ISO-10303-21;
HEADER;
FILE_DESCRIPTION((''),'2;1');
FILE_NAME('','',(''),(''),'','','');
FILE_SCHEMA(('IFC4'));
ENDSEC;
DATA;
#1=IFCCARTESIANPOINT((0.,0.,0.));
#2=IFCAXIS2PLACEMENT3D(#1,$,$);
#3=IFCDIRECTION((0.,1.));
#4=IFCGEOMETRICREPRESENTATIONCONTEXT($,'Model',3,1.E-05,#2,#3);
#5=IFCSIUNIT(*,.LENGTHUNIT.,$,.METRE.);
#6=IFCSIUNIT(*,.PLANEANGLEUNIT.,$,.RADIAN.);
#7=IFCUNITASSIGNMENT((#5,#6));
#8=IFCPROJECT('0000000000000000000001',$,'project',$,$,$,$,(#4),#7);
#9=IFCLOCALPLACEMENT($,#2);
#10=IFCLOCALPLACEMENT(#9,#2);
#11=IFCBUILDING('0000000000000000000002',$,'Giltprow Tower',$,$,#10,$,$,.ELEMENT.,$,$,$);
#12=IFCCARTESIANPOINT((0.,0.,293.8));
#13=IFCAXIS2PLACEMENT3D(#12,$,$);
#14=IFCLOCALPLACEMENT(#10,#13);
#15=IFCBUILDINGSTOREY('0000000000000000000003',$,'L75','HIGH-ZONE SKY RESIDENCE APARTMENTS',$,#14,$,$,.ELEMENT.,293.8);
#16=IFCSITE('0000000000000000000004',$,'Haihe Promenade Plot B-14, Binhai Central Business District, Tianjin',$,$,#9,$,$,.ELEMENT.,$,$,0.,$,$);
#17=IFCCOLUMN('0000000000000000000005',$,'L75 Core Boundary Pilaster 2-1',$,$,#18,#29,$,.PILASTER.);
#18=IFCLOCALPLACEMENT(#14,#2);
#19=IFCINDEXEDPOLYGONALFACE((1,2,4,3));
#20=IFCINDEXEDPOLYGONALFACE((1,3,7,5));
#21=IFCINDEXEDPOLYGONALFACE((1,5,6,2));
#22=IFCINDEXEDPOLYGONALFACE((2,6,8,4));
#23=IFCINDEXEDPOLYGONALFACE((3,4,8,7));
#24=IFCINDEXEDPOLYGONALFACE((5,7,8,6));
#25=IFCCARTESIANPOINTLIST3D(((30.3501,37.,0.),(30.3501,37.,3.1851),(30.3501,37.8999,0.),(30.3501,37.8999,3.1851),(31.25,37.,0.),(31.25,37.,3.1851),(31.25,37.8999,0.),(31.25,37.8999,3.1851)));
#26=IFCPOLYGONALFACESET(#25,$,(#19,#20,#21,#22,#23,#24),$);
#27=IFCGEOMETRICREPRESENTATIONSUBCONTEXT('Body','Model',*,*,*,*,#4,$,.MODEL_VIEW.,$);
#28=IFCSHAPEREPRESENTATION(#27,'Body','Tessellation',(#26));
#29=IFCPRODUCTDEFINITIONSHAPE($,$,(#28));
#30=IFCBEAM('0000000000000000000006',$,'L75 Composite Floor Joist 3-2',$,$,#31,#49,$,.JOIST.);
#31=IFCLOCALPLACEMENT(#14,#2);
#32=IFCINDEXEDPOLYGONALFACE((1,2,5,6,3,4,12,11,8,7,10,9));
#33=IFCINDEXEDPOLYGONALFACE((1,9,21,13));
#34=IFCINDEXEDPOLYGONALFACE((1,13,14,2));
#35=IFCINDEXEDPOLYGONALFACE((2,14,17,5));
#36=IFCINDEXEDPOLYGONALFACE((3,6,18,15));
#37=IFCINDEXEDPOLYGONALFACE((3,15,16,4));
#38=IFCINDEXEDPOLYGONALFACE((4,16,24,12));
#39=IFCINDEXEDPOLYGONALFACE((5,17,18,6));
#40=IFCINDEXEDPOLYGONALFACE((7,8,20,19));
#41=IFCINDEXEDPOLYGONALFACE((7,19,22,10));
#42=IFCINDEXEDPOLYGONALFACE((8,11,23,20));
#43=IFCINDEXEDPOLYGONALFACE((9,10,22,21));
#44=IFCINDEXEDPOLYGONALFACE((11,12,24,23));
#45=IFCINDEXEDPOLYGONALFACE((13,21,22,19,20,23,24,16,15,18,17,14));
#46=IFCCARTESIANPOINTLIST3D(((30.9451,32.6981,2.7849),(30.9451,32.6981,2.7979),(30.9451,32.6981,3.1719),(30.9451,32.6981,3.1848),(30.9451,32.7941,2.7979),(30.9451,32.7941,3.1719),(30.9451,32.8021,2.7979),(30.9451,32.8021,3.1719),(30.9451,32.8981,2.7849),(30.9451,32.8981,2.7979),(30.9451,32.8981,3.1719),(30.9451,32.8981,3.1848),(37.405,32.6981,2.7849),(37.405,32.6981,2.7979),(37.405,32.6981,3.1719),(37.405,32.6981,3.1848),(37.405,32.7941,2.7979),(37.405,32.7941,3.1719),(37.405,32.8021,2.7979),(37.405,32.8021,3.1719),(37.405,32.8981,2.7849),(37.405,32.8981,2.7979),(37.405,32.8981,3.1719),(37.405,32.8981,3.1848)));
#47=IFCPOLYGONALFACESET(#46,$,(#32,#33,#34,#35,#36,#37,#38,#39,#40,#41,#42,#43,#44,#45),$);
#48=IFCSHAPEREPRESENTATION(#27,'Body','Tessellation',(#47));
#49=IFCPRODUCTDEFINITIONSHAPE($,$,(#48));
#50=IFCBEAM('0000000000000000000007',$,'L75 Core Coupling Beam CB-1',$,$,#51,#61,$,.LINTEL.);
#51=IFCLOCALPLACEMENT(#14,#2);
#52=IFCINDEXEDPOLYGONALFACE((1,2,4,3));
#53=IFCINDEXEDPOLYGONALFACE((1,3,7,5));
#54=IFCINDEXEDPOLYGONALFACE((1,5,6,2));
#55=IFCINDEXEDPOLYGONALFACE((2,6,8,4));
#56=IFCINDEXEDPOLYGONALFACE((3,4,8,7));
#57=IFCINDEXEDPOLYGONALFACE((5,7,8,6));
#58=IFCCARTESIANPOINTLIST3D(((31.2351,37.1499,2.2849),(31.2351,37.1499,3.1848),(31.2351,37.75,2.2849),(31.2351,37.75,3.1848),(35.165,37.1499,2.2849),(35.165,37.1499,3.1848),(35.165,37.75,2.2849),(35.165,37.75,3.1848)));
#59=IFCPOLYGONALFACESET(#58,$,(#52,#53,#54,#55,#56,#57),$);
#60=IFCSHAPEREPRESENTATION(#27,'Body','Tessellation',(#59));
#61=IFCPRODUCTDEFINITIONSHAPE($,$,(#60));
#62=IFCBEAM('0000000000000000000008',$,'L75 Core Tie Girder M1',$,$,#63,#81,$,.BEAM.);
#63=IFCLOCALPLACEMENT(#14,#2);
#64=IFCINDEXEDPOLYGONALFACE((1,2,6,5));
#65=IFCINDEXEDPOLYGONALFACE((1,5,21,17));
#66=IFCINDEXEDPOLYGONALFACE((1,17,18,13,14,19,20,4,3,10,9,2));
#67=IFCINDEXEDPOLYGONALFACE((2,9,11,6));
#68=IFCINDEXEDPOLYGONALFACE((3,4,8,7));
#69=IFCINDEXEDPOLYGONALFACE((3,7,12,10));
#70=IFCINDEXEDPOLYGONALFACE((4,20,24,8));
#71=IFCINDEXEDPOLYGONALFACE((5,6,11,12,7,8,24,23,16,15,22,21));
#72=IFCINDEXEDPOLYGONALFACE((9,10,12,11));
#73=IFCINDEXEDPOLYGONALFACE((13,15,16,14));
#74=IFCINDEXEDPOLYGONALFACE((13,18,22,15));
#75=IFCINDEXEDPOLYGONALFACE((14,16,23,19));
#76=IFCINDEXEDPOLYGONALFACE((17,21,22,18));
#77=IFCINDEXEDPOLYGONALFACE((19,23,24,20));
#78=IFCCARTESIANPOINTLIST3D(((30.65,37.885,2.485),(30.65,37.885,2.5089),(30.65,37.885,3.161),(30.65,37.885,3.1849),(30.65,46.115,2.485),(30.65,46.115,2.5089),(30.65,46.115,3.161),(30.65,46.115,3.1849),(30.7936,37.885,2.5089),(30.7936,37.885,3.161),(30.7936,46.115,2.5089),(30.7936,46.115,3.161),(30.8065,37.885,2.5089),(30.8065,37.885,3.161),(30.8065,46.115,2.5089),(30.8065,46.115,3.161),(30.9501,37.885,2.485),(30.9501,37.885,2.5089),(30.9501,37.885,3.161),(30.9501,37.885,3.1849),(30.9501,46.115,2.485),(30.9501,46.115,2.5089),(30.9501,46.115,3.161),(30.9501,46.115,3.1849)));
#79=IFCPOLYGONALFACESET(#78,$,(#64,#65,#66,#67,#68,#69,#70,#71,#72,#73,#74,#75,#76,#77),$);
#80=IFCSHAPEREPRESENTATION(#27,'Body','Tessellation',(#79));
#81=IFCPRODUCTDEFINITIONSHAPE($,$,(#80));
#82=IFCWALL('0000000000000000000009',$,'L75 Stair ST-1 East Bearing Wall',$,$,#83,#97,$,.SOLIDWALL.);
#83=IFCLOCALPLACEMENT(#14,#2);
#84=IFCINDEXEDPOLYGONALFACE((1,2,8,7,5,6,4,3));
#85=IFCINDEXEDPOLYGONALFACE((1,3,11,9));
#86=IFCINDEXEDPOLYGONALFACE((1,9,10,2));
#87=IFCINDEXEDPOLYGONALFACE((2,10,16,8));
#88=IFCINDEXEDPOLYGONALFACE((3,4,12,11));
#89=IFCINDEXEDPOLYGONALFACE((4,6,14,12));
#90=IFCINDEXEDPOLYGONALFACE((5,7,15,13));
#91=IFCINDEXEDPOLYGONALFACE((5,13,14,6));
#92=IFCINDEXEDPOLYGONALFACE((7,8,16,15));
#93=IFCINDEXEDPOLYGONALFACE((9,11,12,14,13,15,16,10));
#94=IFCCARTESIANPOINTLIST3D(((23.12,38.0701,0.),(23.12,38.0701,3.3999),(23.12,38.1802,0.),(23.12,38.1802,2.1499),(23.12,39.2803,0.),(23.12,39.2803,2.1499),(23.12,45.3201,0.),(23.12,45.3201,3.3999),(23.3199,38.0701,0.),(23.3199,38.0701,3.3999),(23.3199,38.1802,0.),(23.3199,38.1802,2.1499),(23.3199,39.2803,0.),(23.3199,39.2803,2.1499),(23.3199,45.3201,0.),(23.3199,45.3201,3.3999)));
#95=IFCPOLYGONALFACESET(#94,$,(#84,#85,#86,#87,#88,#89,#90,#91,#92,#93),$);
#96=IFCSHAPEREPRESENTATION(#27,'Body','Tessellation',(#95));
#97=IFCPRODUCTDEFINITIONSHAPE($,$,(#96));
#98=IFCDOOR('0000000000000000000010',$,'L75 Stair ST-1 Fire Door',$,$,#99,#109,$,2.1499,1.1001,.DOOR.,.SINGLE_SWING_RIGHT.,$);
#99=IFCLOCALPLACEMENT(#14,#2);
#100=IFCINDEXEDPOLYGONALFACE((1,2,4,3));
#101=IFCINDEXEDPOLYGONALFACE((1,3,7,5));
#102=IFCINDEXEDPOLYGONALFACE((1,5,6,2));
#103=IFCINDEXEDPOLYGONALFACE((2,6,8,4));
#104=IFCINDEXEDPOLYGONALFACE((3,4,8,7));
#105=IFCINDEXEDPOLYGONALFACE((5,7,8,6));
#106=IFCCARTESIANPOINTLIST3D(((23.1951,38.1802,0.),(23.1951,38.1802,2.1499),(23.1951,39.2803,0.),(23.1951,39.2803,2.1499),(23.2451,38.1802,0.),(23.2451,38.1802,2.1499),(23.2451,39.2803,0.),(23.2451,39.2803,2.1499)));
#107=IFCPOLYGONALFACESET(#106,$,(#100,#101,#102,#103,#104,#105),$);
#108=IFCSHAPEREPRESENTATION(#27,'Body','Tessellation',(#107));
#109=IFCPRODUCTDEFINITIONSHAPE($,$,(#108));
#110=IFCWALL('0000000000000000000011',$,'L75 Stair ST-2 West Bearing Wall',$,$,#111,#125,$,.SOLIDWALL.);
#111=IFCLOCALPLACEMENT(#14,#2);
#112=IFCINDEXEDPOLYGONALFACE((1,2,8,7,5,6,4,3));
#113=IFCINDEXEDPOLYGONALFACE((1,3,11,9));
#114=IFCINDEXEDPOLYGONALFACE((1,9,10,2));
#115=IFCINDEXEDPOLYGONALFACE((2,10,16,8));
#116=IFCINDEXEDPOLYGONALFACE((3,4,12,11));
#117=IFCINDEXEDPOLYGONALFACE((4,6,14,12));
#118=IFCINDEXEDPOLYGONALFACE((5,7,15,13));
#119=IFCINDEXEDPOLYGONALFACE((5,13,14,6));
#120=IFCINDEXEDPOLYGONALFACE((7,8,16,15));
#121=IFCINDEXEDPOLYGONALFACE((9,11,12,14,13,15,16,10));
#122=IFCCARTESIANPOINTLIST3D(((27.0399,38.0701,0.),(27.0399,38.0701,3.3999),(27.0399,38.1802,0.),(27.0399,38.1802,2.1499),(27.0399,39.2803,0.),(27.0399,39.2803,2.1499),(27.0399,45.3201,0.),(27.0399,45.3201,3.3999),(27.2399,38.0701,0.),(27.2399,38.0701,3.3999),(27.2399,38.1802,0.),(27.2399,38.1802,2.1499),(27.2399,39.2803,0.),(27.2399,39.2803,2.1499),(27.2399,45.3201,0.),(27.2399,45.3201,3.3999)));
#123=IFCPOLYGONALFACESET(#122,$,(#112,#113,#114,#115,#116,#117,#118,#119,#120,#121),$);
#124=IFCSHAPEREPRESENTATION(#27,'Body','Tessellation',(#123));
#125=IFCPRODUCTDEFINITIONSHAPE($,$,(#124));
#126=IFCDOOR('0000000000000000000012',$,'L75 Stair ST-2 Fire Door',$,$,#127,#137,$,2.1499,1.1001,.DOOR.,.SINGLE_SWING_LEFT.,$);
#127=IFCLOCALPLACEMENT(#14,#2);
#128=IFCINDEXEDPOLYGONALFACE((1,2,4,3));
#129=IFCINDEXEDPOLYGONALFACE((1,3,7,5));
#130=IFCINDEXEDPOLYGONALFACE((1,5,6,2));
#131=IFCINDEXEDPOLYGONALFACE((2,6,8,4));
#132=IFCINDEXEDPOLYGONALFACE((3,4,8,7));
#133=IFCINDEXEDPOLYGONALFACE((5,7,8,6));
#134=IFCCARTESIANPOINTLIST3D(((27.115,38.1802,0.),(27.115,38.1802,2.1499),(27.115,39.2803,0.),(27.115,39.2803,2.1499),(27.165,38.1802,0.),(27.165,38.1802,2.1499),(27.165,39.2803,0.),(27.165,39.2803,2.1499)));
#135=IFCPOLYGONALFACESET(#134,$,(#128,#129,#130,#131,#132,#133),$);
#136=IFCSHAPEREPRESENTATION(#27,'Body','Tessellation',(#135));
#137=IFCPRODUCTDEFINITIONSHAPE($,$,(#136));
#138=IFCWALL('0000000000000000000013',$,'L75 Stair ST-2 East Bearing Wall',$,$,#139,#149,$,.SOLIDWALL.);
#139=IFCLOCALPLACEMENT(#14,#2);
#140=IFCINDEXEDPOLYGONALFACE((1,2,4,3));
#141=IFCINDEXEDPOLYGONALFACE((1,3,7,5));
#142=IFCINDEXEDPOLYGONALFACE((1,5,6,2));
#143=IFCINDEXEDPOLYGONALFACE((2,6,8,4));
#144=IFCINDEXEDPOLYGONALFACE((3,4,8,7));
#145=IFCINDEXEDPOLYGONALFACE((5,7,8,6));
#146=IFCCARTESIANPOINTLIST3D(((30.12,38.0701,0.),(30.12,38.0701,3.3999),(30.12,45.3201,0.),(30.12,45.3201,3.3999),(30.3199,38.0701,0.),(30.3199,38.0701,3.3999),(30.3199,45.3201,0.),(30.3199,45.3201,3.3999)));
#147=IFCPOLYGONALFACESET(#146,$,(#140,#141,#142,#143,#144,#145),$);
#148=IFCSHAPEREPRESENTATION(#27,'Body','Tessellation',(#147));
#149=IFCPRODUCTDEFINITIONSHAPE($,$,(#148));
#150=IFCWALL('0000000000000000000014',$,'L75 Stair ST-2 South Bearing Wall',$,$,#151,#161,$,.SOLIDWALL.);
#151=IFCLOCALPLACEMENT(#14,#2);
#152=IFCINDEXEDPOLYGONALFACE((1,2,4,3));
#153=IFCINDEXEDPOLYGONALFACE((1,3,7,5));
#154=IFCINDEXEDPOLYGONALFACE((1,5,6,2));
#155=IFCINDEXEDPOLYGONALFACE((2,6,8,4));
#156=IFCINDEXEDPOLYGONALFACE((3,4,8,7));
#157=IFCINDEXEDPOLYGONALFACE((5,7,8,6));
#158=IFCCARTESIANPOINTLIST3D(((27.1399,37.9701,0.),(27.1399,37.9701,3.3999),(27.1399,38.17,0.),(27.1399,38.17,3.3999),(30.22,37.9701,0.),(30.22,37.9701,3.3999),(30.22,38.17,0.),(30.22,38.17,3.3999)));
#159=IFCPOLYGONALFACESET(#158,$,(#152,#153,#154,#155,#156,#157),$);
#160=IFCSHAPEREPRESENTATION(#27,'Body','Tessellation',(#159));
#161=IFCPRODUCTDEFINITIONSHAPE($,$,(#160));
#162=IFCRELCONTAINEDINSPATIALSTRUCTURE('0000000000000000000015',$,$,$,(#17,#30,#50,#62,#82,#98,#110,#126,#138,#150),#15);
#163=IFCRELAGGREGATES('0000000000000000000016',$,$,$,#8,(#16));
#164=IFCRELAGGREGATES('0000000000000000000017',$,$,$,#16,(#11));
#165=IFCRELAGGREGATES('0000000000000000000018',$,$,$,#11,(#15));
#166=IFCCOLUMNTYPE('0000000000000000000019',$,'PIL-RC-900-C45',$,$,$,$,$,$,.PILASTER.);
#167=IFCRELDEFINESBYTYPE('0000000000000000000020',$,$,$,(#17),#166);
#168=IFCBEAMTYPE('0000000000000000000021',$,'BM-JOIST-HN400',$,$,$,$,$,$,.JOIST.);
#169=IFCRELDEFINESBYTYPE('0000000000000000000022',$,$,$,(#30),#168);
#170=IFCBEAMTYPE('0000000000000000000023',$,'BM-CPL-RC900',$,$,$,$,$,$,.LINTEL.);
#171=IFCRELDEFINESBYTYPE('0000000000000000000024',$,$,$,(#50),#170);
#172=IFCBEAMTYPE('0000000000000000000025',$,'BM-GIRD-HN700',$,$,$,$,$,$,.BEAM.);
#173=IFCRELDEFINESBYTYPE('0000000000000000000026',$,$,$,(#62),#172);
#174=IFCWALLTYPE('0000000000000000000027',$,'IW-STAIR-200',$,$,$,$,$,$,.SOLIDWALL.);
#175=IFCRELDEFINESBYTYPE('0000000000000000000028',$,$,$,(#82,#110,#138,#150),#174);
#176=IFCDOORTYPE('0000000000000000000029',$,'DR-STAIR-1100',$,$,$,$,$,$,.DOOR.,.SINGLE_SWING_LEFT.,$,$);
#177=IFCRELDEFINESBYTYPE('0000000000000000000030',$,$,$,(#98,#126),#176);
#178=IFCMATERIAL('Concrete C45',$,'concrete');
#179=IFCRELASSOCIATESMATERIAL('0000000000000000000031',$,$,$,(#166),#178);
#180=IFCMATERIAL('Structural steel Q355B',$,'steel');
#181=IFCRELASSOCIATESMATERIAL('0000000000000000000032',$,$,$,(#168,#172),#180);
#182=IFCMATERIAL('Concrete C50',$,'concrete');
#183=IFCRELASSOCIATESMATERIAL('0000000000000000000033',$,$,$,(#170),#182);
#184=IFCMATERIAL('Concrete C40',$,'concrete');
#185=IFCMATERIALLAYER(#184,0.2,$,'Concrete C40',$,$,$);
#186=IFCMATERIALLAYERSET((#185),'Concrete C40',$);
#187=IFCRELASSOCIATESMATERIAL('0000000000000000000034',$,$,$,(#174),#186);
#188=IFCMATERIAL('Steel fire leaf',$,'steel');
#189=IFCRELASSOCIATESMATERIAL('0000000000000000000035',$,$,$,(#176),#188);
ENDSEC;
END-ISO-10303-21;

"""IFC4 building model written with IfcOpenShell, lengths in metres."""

from ifc_helpers import new_model, si_unit, direction, frame, frame_2d, origin, origin_2d, place, context, subcontext, project, spatial, rectangle, i_section, extrude, source, transform, mapped, material, layer, layer_set, material_profile, profile_set, type_object, element, fill, save


model = new_model("IFC4")

# Units and contexts
model_context = context("Model", 3, precision=1e-05, world=origin(), true_north=direction((0.0, 1.0)))
body_context = subcontext(model_context, "Body", "Model", "MODEL_VIEW")
ifc_project = project(units=[si_unit("LENGTHUNIT", "METRE"), si_unit("PLANEANGLEUNIT", "RADIAN")], contexts=[model_context])

# Site, building, storey
site_placement = place(None, origin())
site = spatial("IfcSite", under=ifc_project, at=site_placement, Name="Haihe Promenade Plot B-14, Binhai Central Business District, Tianjin", CompositionType="ELEMENT", RefElevation=0.0)
building_placement = place(site_placement, origin())
building = spatial("IfcBuilding", under=site, at=building_placement, Name="Giltprow Tower", CompositionType="ELEMENT")
storey_placement = place(building_placement, frame((0.0, 0.0, 293.8)))
storey = spatial("IfcBuildingStorey", under=building, at=storey_placement, Name="L75", Description="HIGH-ZONE SKY RESIDENCE APARTMENTS", CompositionType="ELEMENT", Elevation=293.8)

# Column
ifc_material_1 = material(Name="Concrete C45", Category="concrete")
ifc_material_profile_1 = material_profile(ifc_material_1, rectangle(XDim=0.8999, YDim=0.8999, at=origin_2d()), Name="RC 900x900")
ifc_profile_set_1 = profile_set([ifc_material_profile_1], Name="Concrete C45")
column_type = type_object("IfcColumnType", Name="PIL-RC-900-C45", PredefinedType="PILASTER", material=ifc_profile_set_1)
shared_shape_1 = source(origin(), body_context, "Body", "SweptSolid", [
    extrude(rectangle(XDim=0.8999, YDim=0.8999, at=origin_2d()), origin(), (0.0, 0.0, 1.0), 3.1851),
])
column_placement = place(storey_placement, frame((30.8, 37.45, 0.0), z_axis=(0.0, 0.0, 1.0), x_axis=(1.0, 0.0, 0.0)))
element("IfcColumn", 1, at=column_placement, inside=storey, type_object=column_type, Name="L75 Core Boundary Pilaster 2-1", PredefinedType="PILASTER", context=body_context, shape_type="MappedRepresentation", body=[
    mapped(shared_shape_1, transform((0.0, 0.0, 0.0), x_axis=(1.0, 0.0, 0.0), y_axis=(0.0, 1.0, 0.0), z_axis=(0.0, 0.0, 1.0), scale=1.0)),
])

# Beams
ifc_material_2 = material(Name="Structural steel Q355B", Category="steel")
ifc_material_profile_2 = material_profile(ifc_material_2, i_section(OverallWidth=0.2, OverallDepth=0.3999, WebThickness=0.0081, FlangeThickness=0.0129, at=origin_2d()), Name="HN 400x200x8x13")
ifc_profile_set_2 = profile_set([ifc_material_profile_2], Name="Structural steel Q355B")
beam_type_1 = type_object("IfcBeamType", Name="BM-JOIST-HN400", PredefinedType="JOIST", material=ifc_profile_set_2)
shared_shape_2 = source(origin(), body_context, "Body", "SweptSolid", [
    extrude(i_section(OverallWidth=0.2, OverallDepth=0.3999, WebThickness=0.0081, FlangeThickness=0.0129, at=origin_2d()), origin(), (0.0, 0.0, 1.0), 6.46),
])
beam_1_placement = place(storey_placement, frame((30.9451, 32.7981, 2.9849), z_axis=(1.0, 0.0, 0.0), x_axis=(0.0, 1.0, 0.0)))
element("IfcBeam", 2, at=beam_1_placement, inside=storey, type_object=beam_type_1, Name="L75 Composite Floor Joist 3-2", PredefinedType="JOIST", context=body_context, shape_type="MappedRepresentation", body=[
    mapped(shared_shape_2, transform((0.0, 0.0, 0.0), x_axis=(1.0, 0.0, 0.0), y_axis=(0.0, 1.0, 0.0), z_axis=(0.0, 0.0, 1.0), scale=1.0)),
])
ifc_material_3 = material(Name="Concrete C50", Category="concrete")
ifc_material_profile_3 = material_profile(ifc_material_3, rectangle(XDim=0.6001, YDim=0.8999, at=origin_2d()), Name="RC 900x600")
ifc_profile_set_3 = profile_set([ifc_material_profile_3], Name="Concrete C50")
beam_type_2 = type_object("IfcBeamType", Name="BM-CPL-RC900", PredefinedType="LINTEL", material=ifc_profile_set_3)
shared_shape_3 = source(origin(), body_context, "Body", "SweptSolid", [
    extrude(rectangle(XDim=0.6001, YDim=0.8999, at=origin_2d()), origin(), (0.0, 0.0, 1.0), 3.9299),
])
beam_2_placement = place(storey_placement, frame((31.2351, 37.45, 2.7349), z_axis=(1.0, 0.0, 0.0), x_axis=(0.0, 1.0, 0.0)))
element("IfcBeam", 3, at=beam_2_placement, inside=storey, type_object=beam_type_2, Name="L75 Core Coupling Beam CB-1", PredefinedType="LINTEL", context=body_context, shape_type="MappedRepresentation", body=[
    mapped(shared_shape_3, transform((0.0, 0.0, 0.0), x_axis=(1.0, 0.0, 0.0), y_axis=(0.0, 1.0, 0.0), z_axis=(0.0, 0.0, 1.0), scale=1.0)),
])
ifc_material_profile_4 = material_profile(ifc_material_2, i_section(OverallWidth=0.3, OverallDepth=0.7, WebThickness=0.0129, FlangeThickness=0.0239, at=origin_2d()), Name="HN 700x300x13x24")
ifc_profile_set_4 = profile_set([ifc_material_profile_4], Name="Structural steel Q355B")
beam_type_3 = type_object("IfcBeamType", Name="BM-GIRD-HN700", PredefinedType="BEAM", material=ifc_profile_set_4)
shared_shape_4 = source(origin(), body_context, "Body", "SweptSolid", [
    extrude(i_section(OverallWidth=0.3, OverallDepth=0.7, WebThickness=0.0129, FlangeThickness=0.0239, at=origin_2d()), origin(), (0.0, 0.0, 1.0), 8.23),
])
beam_3_placement = place(storey_placement, frame((30.8, 37.885, 2.835), z_axis=(0.0, 1.0, 0.0), x_axis=(-1.0, 0.0, 0.0)))
element("IfcBeam", 4, at=beam_3_placement, inside=storey, type_object=beam_type_3, Name="L75 Core Tie Girder M1", PredefinedType="BEAM", context=body_context, shape_type="MappedRepresentation", body=[
    mapped(shared_shape_4, transform((0.0, 0.0, 0.0), x_axis=(1.0, 0.0, 0.0), y_axis=(0.0, 1.0, 0.0), z_axis=(0.0, 0.0, 1.0), scale=1.0)),
])

# Walls, openings, doors
ifc_material_4 = material(Name="Concrete C40", Category="concrete")
ifc_layer_1 = layer(ifc_material_4, 0.2, Name="Concrete C40")
ifc_layer_set_1 = layer_set([ifc_layer_1], Name="Concrete C40")
wall_type_1 = type_object("IfcWallType", Name="IW-STAIR-200", PredefinedType="SOLIDWALL", material=ifc_layer_set_1)
wall_1_placement = place(storey_placement, frame((23.22, 38.0701, 0.0), z_axis=(0.0, 0.0, 1.0), x_axis=(0.0, 1.0, 0.0)))
wall_1 = element("IfcWall", 5, at=wall_1_placement, inside=storey, type_object=wall_type_1, Name="L75 Stair ST-1 East Bearing Wall", PredefinedType="SOLIDWALL", context=body_context, shape_type="SweptSolid", body=[
    extrude(rectangle(XDim=7.25, YDim=0.2, at=frame_2d((3.625, 0.0))), origin(), (0.0, 0.0, 1.0), 3.3999),
])
opening_1_placement = place(wall_1_placement, frame((0.1101, 0.0, 0.0)))
opening_1 = element("IfcOpeningElement", 6, at=opening_1_placement, cuts=wall_1, PredefinedType="OPENING", context=body_context, shape_type="SweptSolid", body=[
    extrude(rectangle(XDim=1.1001, YDim=2.1499, at=frame_2d((0.55, 1.075))), frame((0.0, 0.1099, 0.0), z_axis=(0.0, -1.0, 0.0), x_axis=(1.0, 0.0, 0.0)), (0.0, 0.0, 1.0), 0.22),
])
ifc_material_5 = material(Name="Steel fire leaf", Category="steel")
door_type = type_object("IfcDoorType", Name="DR-STAIR-1100", OperationType="SINGLE_SWING_LEFT", PredefinedType="DOOR", material=ifc_material_5)
shared_shape_5 = source(origin(), body_context, "Body", "SweptSolid", [
    extrude(rectangle(XDim=1.1001, YDim=2.1499, at=frame_2d((0.55, 1.075))), frame((0.0, 0.0249, 0.0), z_axis=(0.0, -1.0, 0.0), x_axis=(1.0, 0.0, 0.0)), (0.0, 0.0, 1.0), 0.05),
])
door_1_placement = place(opening_1_placement, origin())
door_1 = element("IfcDoor", 7, at=door_1_placement, inside=storey, type_object=door_type, Name="L75 Stair ST-1 Fire Door", OperationType="SINGLE_SWING_RIGHT", OverallHeight=2.1499, OverallWidth=1.1001, PredefinedType="DOOR", context=body_context, shape_type="MappedRepresentation", body=[
    mapped(shared_shape_5, transform((0.0, 0.0, 0.0), x_axis=(1.0, 0.0, 0.0), y_axis=(0.0, 1.0, 0.0), z_axis=(0.0, 0.0, 1.0), scale=1.0)),
])
fill(opening_1, door_1)
wall_2_placement = place(storey_placement, frame((27.1399, 38.0701, 0.0), z_axis=(0.0, 0.0, 1.0), x_axis=(0.0, 1.0, 0.0)))
wall_2 = element("IfcWall", 8, at=wall_2_placement, inside=storey, type_object=wall_type_1, Name="L75 Stair ST-2 West Bearing Wall", PredefinedType="SOLIDWALL", context=body_context, shape_type="SweptSolid", body=[
    extrude(rectangle(XDim=7.25, YDim=0.2, at=frame_2d((3.625, 0.0))), origin(), (0.0, 0.0, 1.0), 3.3999),
])
opening_2_placement = place(wall_2_placement, frame((0.1101, 0.0, 0.0)))
opening_2 = element("IfcOpeningElement", 9, at=opening_2_placement, cuts=wall_2, PredefinedType="OPENING", context=body_context, shape_type="SweptSolid", body=[
    extrude(rectangle(XDim=1.1001, YDim=2.1499, at=frame_2d((0.55, 1.075))), frame((0.0, 0.1099, 0.0), z_axis=(0.0, -1.0, 0.0), x_axis=(1.0, 0.0, 0.0)), (0.0, 0.0, 1.0), 0.22),
])
door_2_placement = place(opening_2_placement, origin())
door_2 = element("IfcDoor", 10, at=door_2_placement, inside=storey, type_object=door_type, Name="L75 Stair ST-2 Fire Door", OperationType="SINGLE_SWING_LEFT", OverallHeight=2.1499, OverallWidth=1.1001, PredefinedType="DOOR", context=body_context, shape_type="MappedRepresentation", body=[
    mapped(shared_shape_5, transform((0.0, 0.0, 0.0), x_axis=(1.0, 0.0, 0.0), y_axis=(0.0, 1.0, 0.0), z_axis=(0.0, 0.0, 1.0), scale=1.0)),
])
fill(opening_2, door_2)

# Walls
wall_3_placement = place(storey_placement, frame((30.22, 38.0701, 0.0), z_axis=(0.0, 0.0, 1.0), x_axis=(0.0, 1.0, 0.0)))
element("IfcWall", 11, at=wall_3_placement, inside=storey, type_object=wall_type_1, Name="L75 Stair ST-2 East Bearing Wall", PredefinedType="SOLIDWALL", context=body_context, shape_type="SweptSolid", body=[
    extrude(rectangle(XDim=7.25, YDim=0.2, at=frame_2d((3.625, 0.0))), origin(), (0.0, 0.0, 1.0), 3.3999),
])
wall_4_placement = place(storey_placement, frame((27.1399, 38.0701, 0.0), z_axis=(0.0, 0.0, 1.0), x_axis=(1.0, 0.0, 0.0)))
element("IfcWall", 12, at=wall_4_placement, inside=storey, type_object=wall_type_1, Name="L75 Stair ST-2 South Bearing Wall", PredefinedType="SOLIDWALL", context=body_context, shape_type="SweptSolid", body=[
    extrude(rectangle(XDim=3.0801, YDim=0.2, at=frame_2d((1.54, 0.0))), origin(), (0.0, 0.0, 1.0), 3.3999),
])

save(model, "model.ifc")
